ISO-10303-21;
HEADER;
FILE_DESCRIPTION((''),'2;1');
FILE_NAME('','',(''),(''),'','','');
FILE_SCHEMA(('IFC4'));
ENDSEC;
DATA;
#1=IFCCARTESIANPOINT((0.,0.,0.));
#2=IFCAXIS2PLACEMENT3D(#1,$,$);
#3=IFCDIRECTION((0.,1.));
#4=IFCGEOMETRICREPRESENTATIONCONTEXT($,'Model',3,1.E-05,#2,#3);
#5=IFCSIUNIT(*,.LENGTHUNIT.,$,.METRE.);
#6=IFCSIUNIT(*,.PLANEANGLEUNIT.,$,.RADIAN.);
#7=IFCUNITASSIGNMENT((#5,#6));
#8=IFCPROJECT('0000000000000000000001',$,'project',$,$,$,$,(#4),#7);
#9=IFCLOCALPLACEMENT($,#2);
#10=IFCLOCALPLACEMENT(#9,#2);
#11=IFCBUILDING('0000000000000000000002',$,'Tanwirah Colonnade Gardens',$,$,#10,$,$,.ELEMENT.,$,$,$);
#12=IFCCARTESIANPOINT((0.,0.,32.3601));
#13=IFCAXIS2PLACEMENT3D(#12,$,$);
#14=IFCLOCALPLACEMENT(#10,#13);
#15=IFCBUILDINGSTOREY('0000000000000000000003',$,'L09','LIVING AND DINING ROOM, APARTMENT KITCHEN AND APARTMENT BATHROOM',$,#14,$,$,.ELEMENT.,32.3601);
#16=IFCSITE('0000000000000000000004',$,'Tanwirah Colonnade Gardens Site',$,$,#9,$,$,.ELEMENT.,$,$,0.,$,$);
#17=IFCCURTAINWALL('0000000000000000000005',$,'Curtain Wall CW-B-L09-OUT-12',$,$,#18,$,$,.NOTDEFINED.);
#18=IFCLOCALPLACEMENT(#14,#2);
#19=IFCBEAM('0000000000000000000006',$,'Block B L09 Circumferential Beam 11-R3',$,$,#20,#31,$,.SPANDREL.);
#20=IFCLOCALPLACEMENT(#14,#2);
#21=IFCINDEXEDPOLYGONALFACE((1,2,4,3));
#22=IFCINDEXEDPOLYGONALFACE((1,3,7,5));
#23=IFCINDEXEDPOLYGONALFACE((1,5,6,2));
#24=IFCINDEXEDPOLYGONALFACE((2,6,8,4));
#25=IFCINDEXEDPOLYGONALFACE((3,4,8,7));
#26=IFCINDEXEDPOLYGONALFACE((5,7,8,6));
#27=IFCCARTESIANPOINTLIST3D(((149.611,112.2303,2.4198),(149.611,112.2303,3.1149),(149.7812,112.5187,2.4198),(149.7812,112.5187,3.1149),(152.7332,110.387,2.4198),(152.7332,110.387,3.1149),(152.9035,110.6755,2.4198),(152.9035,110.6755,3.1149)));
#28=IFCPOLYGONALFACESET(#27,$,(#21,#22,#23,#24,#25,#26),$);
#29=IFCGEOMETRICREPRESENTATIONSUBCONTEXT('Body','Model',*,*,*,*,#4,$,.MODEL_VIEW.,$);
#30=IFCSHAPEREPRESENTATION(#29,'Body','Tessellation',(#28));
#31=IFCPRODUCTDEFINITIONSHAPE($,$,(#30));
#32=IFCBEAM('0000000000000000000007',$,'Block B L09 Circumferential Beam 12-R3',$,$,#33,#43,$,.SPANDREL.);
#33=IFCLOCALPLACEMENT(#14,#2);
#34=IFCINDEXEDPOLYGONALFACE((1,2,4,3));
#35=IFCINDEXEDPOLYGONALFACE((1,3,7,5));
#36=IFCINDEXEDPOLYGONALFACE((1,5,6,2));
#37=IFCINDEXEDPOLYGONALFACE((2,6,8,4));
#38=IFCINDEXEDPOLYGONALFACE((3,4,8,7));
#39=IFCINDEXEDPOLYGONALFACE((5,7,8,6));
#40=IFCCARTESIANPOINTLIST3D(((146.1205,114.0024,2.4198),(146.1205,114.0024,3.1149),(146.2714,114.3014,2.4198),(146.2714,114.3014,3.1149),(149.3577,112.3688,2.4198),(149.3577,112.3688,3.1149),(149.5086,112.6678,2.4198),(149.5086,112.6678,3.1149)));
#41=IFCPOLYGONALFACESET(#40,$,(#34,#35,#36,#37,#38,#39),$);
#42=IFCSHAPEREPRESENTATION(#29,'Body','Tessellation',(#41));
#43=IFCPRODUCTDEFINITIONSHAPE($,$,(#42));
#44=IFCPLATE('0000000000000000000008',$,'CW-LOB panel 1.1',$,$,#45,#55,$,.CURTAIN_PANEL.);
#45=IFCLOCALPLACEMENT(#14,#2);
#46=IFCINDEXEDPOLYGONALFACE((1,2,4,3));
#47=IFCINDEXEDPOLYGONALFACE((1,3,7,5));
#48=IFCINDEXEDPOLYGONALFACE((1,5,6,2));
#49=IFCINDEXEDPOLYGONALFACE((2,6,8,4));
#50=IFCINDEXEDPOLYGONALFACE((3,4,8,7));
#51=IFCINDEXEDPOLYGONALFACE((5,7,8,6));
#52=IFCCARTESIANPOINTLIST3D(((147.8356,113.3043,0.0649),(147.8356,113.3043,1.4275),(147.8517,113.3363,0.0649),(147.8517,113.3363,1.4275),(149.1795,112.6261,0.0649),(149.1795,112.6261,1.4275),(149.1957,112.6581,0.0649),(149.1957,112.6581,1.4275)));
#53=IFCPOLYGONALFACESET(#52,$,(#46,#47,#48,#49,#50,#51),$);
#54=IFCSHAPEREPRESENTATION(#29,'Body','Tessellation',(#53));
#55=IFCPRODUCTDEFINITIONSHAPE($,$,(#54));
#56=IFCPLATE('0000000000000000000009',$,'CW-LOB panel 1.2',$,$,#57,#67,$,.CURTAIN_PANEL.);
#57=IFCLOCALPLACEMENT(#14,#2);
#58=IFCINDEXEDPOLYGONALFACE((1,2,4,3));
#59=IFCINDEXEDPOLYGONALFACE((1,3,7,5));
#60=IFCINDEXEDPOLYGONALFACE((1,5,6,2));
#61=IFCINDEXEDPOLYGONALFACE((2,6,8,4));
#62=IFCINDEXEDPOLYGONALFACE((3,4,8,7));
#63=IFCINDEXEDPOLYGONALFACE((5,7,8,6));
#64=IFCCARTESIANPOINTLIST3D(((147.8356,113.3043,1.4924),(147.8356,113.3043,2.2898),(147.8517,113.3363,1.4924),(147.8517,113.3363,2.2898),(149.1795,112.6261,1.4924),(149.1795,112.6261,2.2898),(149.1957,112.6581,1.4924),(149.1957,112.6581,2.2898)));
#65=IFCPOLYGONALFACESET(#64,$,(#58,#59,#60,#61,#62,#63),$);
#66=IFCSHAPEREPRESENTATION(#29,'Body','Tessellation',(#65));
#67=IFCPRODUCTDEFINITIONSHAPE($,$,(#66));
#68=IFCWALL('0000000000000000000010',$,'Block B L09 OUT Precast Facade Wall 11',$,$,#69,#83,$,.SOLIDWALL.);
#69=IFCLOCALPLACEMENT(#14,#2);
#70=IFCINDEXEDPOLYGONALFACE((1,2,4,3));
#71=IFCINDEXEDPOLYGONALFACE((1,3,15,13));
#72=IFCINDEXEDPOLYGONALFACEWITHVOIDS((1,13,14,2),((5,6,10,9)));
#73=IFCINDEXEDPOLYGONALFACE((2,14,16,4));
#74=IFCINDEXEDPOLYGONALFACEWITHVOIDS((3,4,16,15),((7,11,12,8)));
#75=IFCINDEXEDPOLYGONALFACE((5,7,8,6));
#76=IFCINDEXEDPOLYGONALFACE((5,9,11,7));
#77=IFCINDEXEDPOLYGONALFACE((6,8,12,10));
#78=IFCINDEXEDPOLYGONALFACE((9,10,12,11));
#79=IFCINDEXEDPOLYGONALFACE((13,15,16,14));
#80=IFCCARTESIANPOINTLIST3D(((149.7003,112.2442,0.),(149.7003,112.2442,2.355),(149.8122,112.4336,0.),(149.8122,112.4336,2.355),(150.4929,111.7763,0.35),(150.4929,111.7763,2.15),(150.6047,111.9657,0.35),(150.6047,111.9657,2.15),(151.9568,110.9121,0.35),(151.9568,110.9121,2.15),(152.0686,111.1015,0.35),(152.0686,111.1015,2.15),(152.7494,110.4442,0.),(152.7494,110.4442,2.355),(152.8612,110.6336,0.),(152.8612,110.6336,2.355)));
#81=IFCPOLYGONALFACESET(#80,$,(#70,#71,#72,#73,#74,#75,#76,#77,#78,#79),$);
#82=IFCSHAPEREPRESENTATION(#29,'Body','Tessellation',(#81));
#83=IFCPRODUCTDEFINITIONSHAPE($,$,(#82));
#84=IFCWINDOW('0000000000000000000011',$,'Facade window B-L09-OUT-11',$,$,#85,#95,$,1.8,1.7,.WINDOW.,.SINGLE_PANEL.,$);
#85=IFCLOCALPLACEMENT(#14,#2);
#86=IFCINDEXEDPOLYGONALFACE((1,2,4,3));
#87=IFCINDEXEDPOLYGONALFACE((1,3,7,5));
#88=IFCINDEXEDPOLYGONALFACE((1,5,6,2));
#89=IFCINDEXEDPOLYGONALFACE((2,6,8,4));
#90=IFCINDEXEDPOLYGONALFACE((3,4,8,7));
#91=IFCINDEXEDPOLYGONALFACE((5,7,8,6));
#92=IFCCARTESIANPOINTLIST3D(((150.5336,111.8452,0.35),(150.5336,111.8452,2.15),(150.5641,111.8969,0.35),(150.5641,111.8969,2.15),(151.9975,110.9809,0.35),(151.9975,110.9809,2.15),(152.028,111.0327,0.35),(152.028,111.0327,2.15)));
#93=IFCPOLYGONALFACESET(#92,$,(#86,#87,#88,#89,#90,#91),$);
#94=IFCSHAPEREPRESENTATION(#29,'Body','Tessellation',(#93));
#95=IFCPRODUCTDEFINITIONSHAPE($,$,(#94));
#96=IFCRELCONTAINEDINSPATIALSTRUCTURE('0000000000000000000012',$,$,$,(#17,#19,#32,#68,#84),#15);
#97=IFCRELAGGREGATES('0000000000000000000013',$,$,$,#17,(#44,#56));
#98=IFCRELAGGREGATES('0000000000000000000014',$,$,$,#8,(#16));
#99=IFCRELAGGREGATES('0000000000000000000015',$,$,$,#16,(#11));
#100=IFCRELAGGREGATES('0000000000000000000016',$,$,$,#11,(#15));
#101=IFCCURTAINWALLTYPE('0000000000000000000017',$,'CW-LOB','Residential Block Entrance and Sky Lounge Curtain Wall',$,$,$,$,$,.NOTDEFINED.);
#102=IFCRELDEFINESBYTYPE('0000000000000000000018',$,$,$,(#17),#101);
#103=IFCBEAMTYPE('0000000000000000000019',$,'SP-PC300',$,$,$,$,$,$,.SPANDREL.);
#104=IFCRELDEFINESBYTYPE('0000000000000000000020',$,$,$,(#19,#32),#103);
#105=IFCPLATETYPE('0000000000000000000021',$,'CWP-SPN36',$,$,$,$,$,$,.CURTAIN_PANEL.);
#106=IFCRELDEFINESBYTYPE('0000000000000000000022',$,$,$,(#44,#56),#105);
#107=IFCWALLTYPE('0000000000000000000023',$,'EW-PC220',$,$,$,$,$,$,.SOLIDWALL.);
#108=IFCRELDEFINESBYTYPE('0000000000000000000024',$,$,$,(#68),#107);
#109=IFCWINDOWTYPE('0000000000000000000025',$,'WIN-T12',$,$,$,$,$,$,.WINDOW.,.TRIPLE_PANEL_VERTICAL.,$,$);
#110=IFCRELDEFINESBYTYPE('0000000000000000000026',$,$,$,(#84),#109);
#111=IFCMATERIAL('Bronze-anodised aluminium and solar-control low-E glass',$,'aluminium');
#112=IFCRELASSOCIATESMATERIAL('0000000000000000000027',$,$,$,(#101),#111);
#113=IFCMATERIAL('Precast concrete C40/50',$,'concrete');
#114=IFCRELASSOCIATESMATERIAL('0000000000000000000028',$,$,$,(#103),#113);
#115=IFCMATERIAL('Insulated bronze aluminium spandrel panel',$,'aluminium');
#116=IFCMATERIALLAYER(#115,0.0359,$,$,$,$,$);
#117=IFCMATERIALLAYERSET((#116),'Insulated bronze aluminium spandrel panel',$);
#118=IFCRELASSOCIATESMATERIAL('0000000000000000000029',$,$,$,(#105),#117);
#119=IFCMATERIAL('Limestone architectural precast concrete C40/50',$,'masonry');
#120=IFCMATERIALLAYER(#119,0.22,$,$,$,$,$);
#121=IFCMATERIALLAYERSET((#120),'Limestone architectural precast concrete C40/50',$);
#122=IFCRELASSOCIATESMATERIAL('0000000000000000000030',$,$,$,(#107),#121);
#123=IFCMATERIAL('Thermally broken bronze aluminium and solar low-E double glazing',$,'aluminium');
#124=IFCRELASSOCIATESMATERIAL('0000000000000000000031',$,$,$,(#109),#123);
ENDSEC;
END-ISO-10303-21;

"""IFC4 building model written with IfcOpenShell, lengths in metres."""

from ifc_helpers import new_model, si_unit, direction, frame, frame_2d, origin, origin_2d, place, context, subcontext, project, spatial, rectangle, extrude, material, layer, layer_set, material_profile, profile_set, type_object, element, fill, aggregate, save


model = new_model("IFC4")

# Units and contexts
model_context = context("Model", 3, precision=1e-05, world=origin(), true_north=direction((0.0, 1.0)))
body_context = subcontext(model_context, "Body", "Model", "MODEL_VIEW")
ifc_project = project(units=[si_unit("LENGTHUNIT", "METRE"), si_unit("PLANEANGLEUNIT", "RADIAN")], contexts=[model_context])

# Site, building, storey
site_placement = place(None, origin())
site = spatial("IfcSite", under=ifc_project, at=site_placement, Name="Tanwirah Colonnade Gardens Site", CompositionType="ELEMENT", RefElevation=0.0)
building_placement = place(site_placement, origin())
building = spatial("IfcBuilding", under=site, at=building_placement, Name="Tanwirah Colonnade Gardens", CompositionType="ELEMENT")
storey_placement = place(building_placement, frame((0.0, 0.0, 32.3601)))
storey = spatial("IfcBuildingStorey", under=building, at=storey_placement, Name="L09", Description="LIVING AND DINING ROOM, APARTMENT KITCHEN AND APARTMENT BATHROOM", CompositionType="ELEMENT", Elevation=32.3601)

# Shared definitions
ifc_material_1 = material(Name="Precast concrete C40/50", Category="concrete")

# Curtain wall
ifc_material_2 = material(Name="Bronze-anodised aluminium and solar-control low-E glass", Category="aluminium")
curtain_wall_type = type_object("IfcCurtainWallType", Name="CW-LOB", Description="Residential Block Entrance and Sky Lounge Curtain Wall", PredefinedType="NOTDEFINED", material=ifc_material_2)
curtain_wall_placement = place(storey_placement, origin())
curtain_wall = element("IfcCurtainWall", 1, at=curtain_wall_placement, inside=storey, type_object=curtain_wall_type, Name="Curtain Wall CW-B-L09-OUT-12", PredefinedType="NOTDEFINED")

# Beams
ifc_material_profile_1 = material_profile(ifc_material_1, rectangle(XDim=0.335, YDim=0.6951, at=origin_2d()), Name="PC-SP 335x695")
ifc_profile_set_1 = profile_set([ifc_material_profile_1], Name="Precast concrete C40/50")
beam_type_1 = type_object("IfcBeamType", Name="SP-PC300", PredefinedType="SPANDREL", material=ifc_profile_set_1)
beam_1_placement = place(storey_placement, frame((152.8184, 110.5312, 2.7673), z_axis=(-0.861137, 0.508373, 0.0), x_axis=(-0.508373, -0.861137, 0.0)))
element("IfcBeam", 2, at=beam_1_placement, inside=storey, type_object=beam_type_1, Name="Block B L09 Circumferential Beam 11-R3", PredefinedType="SPANDREL", context=body_context, shape_type="SweptSolid", body=[
    extrude(rectangle(XDim=0.335, YDim=0.6951, at=origin_2d()), origin(), (0.0, 0.0, 1.0), 3.6257),
])
beam_2_placement = place(storey_placement, frame((149.4331, 112.5183, 2.7673), z_axis=(-0.892765, 0.450523, 0.0), x_axis=(-0.450523, -0.892765, 0.0)))
element("IfcBeam", 3, at=beam_2_placement, inside=storey, type_object=beam_type_1, Name="Block B L09 Circumferential Beam 12-R3", PredefinedType="SPANDREL", context=body_context, shape_type="SweptSolid", body=[
    extrude(rectangle(XDim=0.335, YDim=0.6951, at=origin_2d()), origin(), (0.0, 0.0, 1.0), 3.626),
])

# Plates
ifc_material_3 = material(Name="Insulated bronze aluminium spandrel panel", Category="aluminium")
ifc_layer_1 = layer(ifc_material_3, 0.0359)
ifc_layer_set_1 = layer_set([ifc_layer_1], Name="Insulated bronze aluminium spandrel panel")
plate_type = type_object("IfcPlateType", Name="CWP-SPN36", PredefinedType="CURTAIN_PANEL", material=ifc_layer_set_1)
plate_1_placement = place(storey_placement, frame((148.5156, 112.9812, 0.0649), z_axis=(0.0, 0.0, 1.0), x_axis=(-0.892761, 0.45053, 0.0)))
plate_1 = element("IfcPlate", 4, at=plate_1_placement, type_object=plate_type, Name="CW-LOB panel 1.1", PredefinedType="CURTAIN_PANEL", context=body_context, shape_type="SweptSolid", body=[
    extrude(rectangle(XDim=1.5054, YDim=0.0359, at=origin_2d()), origin(), (0.0, 0.0, 1.0), 1.3625),
])
plate_2_placement = place(storey_placement, frame((148.5156, 112.9812, 1.4924), z_axis=(0.0, 0.0, 1.0), x_axis=(-0.892761, 0.45053, 0.0)))
plate_2 = element("IfcPlate", 5, at=plate_2_placement, type_object=plate_type, Name="CW-LOB panel 1.2", PredefinedType="CURTAIN_PANEL", context=body_context, shape_type="SweptSolid", body=[
    extrude(rectangle(XDim=1.5054, YDim=0.0359, at=origin_2d()), origin(), (0.0, 0.0, 1.0), 0.7974),
])
aggregate(curtain_wall, [plate_1, plate_2])

# Wall, opening, window
ifc_material_4 = material(Name="Limestone architectural precast concrete C40/50", Category="masonry")
ifc_layer_2 = layer(ifc_material_4, 0.22)
ifc_layer_set_2 = layer_set([ifc_layer_2], Name="Limestone architectural precast concrete C40/50")
wall_type_1 = type_object("IfcWallType", Name="EW-PC220", PredefinedType="SOLIDWALL", material=ifc_layer_set_2)
wall_1_placement = place(storey_placement, frame((152.8054, 110.5388, 0.0), z_axis=(0.0, 0.0, 1.0), x_axis=(-0.861134, 0.508378, 0.0)))
wall_1 = element("IfcWall", 6, at=wall_1_placement, inside=storey, type_object=wall_type_1, Name="Block B L09 OUT Precast Facade Wall 11", PredefinedType="SOLIDWALL", context=body_context, shape_type="SweptSolid", body=[
    extrude(rectangle(XDim=3.5408, YDim=0.22, at=frame_2d((1.7705, 0.0))), origin(), (0.0, 0.0, 1.0), 2.355),
])
opening_1_placement = place(wall_1_placement, frame((0.9204, 0.0, 0.3501)))
opening_1 = element("IfcOpeningElement", 7, at=opening_1_placement, cuts=wall_1, PredefinedType="OPENING", context=body_context, shape_type="SweptSolid", body=[
    extrude(rectangle(XDim=1.7, YDim=1.8, at=frame_2d((0.8501, 0.8999))), frame((0.0, 0.1199, 0.0), z_axis=(0.0, -1.0, 0.0), x_axis=(1.0, 0.0, 0.0)), (0.0, 0.0, 1.0), 0.24),
])
ifc_material_5 = material(Name="Thermally broken bronze aluminium and solar low-E double glazing", Category="aluminium")
window_type = type_object("IfcWindowType", Name="WIN-T12", PartitioningType="TRIPLE_PANEL_VERTICAL", PredefinedType="WINDOW", material=ifc_material_5)
window_placement = place(opening_1_placement, origin())
window = element("IfcWindow", 8, at=window_placement, inside=storey, type_object=window_type, Name="Facade window B-L09-OUT-11", OverallHeight=1.8, OverallWidth=1.7, PartitioningType="SINGLE_PANEL", PredefinedType="WINDOW", context=body_context, shape_type="SweptSolid", body=[
    extrude(rectangle(XDim=1.7, YDim=1.8, at=frame_2d((0.8501, 0.8999))), frame((0.0, 0.03, 0.0), z_axis=(0.0, -1.0, 0.0), x_axis=(1.0, 0.0, 0.0)), (0.0, 0.0, 1.0), 0.0601),
])
fill(opening_1, window)

save(model, "model.ifc")
